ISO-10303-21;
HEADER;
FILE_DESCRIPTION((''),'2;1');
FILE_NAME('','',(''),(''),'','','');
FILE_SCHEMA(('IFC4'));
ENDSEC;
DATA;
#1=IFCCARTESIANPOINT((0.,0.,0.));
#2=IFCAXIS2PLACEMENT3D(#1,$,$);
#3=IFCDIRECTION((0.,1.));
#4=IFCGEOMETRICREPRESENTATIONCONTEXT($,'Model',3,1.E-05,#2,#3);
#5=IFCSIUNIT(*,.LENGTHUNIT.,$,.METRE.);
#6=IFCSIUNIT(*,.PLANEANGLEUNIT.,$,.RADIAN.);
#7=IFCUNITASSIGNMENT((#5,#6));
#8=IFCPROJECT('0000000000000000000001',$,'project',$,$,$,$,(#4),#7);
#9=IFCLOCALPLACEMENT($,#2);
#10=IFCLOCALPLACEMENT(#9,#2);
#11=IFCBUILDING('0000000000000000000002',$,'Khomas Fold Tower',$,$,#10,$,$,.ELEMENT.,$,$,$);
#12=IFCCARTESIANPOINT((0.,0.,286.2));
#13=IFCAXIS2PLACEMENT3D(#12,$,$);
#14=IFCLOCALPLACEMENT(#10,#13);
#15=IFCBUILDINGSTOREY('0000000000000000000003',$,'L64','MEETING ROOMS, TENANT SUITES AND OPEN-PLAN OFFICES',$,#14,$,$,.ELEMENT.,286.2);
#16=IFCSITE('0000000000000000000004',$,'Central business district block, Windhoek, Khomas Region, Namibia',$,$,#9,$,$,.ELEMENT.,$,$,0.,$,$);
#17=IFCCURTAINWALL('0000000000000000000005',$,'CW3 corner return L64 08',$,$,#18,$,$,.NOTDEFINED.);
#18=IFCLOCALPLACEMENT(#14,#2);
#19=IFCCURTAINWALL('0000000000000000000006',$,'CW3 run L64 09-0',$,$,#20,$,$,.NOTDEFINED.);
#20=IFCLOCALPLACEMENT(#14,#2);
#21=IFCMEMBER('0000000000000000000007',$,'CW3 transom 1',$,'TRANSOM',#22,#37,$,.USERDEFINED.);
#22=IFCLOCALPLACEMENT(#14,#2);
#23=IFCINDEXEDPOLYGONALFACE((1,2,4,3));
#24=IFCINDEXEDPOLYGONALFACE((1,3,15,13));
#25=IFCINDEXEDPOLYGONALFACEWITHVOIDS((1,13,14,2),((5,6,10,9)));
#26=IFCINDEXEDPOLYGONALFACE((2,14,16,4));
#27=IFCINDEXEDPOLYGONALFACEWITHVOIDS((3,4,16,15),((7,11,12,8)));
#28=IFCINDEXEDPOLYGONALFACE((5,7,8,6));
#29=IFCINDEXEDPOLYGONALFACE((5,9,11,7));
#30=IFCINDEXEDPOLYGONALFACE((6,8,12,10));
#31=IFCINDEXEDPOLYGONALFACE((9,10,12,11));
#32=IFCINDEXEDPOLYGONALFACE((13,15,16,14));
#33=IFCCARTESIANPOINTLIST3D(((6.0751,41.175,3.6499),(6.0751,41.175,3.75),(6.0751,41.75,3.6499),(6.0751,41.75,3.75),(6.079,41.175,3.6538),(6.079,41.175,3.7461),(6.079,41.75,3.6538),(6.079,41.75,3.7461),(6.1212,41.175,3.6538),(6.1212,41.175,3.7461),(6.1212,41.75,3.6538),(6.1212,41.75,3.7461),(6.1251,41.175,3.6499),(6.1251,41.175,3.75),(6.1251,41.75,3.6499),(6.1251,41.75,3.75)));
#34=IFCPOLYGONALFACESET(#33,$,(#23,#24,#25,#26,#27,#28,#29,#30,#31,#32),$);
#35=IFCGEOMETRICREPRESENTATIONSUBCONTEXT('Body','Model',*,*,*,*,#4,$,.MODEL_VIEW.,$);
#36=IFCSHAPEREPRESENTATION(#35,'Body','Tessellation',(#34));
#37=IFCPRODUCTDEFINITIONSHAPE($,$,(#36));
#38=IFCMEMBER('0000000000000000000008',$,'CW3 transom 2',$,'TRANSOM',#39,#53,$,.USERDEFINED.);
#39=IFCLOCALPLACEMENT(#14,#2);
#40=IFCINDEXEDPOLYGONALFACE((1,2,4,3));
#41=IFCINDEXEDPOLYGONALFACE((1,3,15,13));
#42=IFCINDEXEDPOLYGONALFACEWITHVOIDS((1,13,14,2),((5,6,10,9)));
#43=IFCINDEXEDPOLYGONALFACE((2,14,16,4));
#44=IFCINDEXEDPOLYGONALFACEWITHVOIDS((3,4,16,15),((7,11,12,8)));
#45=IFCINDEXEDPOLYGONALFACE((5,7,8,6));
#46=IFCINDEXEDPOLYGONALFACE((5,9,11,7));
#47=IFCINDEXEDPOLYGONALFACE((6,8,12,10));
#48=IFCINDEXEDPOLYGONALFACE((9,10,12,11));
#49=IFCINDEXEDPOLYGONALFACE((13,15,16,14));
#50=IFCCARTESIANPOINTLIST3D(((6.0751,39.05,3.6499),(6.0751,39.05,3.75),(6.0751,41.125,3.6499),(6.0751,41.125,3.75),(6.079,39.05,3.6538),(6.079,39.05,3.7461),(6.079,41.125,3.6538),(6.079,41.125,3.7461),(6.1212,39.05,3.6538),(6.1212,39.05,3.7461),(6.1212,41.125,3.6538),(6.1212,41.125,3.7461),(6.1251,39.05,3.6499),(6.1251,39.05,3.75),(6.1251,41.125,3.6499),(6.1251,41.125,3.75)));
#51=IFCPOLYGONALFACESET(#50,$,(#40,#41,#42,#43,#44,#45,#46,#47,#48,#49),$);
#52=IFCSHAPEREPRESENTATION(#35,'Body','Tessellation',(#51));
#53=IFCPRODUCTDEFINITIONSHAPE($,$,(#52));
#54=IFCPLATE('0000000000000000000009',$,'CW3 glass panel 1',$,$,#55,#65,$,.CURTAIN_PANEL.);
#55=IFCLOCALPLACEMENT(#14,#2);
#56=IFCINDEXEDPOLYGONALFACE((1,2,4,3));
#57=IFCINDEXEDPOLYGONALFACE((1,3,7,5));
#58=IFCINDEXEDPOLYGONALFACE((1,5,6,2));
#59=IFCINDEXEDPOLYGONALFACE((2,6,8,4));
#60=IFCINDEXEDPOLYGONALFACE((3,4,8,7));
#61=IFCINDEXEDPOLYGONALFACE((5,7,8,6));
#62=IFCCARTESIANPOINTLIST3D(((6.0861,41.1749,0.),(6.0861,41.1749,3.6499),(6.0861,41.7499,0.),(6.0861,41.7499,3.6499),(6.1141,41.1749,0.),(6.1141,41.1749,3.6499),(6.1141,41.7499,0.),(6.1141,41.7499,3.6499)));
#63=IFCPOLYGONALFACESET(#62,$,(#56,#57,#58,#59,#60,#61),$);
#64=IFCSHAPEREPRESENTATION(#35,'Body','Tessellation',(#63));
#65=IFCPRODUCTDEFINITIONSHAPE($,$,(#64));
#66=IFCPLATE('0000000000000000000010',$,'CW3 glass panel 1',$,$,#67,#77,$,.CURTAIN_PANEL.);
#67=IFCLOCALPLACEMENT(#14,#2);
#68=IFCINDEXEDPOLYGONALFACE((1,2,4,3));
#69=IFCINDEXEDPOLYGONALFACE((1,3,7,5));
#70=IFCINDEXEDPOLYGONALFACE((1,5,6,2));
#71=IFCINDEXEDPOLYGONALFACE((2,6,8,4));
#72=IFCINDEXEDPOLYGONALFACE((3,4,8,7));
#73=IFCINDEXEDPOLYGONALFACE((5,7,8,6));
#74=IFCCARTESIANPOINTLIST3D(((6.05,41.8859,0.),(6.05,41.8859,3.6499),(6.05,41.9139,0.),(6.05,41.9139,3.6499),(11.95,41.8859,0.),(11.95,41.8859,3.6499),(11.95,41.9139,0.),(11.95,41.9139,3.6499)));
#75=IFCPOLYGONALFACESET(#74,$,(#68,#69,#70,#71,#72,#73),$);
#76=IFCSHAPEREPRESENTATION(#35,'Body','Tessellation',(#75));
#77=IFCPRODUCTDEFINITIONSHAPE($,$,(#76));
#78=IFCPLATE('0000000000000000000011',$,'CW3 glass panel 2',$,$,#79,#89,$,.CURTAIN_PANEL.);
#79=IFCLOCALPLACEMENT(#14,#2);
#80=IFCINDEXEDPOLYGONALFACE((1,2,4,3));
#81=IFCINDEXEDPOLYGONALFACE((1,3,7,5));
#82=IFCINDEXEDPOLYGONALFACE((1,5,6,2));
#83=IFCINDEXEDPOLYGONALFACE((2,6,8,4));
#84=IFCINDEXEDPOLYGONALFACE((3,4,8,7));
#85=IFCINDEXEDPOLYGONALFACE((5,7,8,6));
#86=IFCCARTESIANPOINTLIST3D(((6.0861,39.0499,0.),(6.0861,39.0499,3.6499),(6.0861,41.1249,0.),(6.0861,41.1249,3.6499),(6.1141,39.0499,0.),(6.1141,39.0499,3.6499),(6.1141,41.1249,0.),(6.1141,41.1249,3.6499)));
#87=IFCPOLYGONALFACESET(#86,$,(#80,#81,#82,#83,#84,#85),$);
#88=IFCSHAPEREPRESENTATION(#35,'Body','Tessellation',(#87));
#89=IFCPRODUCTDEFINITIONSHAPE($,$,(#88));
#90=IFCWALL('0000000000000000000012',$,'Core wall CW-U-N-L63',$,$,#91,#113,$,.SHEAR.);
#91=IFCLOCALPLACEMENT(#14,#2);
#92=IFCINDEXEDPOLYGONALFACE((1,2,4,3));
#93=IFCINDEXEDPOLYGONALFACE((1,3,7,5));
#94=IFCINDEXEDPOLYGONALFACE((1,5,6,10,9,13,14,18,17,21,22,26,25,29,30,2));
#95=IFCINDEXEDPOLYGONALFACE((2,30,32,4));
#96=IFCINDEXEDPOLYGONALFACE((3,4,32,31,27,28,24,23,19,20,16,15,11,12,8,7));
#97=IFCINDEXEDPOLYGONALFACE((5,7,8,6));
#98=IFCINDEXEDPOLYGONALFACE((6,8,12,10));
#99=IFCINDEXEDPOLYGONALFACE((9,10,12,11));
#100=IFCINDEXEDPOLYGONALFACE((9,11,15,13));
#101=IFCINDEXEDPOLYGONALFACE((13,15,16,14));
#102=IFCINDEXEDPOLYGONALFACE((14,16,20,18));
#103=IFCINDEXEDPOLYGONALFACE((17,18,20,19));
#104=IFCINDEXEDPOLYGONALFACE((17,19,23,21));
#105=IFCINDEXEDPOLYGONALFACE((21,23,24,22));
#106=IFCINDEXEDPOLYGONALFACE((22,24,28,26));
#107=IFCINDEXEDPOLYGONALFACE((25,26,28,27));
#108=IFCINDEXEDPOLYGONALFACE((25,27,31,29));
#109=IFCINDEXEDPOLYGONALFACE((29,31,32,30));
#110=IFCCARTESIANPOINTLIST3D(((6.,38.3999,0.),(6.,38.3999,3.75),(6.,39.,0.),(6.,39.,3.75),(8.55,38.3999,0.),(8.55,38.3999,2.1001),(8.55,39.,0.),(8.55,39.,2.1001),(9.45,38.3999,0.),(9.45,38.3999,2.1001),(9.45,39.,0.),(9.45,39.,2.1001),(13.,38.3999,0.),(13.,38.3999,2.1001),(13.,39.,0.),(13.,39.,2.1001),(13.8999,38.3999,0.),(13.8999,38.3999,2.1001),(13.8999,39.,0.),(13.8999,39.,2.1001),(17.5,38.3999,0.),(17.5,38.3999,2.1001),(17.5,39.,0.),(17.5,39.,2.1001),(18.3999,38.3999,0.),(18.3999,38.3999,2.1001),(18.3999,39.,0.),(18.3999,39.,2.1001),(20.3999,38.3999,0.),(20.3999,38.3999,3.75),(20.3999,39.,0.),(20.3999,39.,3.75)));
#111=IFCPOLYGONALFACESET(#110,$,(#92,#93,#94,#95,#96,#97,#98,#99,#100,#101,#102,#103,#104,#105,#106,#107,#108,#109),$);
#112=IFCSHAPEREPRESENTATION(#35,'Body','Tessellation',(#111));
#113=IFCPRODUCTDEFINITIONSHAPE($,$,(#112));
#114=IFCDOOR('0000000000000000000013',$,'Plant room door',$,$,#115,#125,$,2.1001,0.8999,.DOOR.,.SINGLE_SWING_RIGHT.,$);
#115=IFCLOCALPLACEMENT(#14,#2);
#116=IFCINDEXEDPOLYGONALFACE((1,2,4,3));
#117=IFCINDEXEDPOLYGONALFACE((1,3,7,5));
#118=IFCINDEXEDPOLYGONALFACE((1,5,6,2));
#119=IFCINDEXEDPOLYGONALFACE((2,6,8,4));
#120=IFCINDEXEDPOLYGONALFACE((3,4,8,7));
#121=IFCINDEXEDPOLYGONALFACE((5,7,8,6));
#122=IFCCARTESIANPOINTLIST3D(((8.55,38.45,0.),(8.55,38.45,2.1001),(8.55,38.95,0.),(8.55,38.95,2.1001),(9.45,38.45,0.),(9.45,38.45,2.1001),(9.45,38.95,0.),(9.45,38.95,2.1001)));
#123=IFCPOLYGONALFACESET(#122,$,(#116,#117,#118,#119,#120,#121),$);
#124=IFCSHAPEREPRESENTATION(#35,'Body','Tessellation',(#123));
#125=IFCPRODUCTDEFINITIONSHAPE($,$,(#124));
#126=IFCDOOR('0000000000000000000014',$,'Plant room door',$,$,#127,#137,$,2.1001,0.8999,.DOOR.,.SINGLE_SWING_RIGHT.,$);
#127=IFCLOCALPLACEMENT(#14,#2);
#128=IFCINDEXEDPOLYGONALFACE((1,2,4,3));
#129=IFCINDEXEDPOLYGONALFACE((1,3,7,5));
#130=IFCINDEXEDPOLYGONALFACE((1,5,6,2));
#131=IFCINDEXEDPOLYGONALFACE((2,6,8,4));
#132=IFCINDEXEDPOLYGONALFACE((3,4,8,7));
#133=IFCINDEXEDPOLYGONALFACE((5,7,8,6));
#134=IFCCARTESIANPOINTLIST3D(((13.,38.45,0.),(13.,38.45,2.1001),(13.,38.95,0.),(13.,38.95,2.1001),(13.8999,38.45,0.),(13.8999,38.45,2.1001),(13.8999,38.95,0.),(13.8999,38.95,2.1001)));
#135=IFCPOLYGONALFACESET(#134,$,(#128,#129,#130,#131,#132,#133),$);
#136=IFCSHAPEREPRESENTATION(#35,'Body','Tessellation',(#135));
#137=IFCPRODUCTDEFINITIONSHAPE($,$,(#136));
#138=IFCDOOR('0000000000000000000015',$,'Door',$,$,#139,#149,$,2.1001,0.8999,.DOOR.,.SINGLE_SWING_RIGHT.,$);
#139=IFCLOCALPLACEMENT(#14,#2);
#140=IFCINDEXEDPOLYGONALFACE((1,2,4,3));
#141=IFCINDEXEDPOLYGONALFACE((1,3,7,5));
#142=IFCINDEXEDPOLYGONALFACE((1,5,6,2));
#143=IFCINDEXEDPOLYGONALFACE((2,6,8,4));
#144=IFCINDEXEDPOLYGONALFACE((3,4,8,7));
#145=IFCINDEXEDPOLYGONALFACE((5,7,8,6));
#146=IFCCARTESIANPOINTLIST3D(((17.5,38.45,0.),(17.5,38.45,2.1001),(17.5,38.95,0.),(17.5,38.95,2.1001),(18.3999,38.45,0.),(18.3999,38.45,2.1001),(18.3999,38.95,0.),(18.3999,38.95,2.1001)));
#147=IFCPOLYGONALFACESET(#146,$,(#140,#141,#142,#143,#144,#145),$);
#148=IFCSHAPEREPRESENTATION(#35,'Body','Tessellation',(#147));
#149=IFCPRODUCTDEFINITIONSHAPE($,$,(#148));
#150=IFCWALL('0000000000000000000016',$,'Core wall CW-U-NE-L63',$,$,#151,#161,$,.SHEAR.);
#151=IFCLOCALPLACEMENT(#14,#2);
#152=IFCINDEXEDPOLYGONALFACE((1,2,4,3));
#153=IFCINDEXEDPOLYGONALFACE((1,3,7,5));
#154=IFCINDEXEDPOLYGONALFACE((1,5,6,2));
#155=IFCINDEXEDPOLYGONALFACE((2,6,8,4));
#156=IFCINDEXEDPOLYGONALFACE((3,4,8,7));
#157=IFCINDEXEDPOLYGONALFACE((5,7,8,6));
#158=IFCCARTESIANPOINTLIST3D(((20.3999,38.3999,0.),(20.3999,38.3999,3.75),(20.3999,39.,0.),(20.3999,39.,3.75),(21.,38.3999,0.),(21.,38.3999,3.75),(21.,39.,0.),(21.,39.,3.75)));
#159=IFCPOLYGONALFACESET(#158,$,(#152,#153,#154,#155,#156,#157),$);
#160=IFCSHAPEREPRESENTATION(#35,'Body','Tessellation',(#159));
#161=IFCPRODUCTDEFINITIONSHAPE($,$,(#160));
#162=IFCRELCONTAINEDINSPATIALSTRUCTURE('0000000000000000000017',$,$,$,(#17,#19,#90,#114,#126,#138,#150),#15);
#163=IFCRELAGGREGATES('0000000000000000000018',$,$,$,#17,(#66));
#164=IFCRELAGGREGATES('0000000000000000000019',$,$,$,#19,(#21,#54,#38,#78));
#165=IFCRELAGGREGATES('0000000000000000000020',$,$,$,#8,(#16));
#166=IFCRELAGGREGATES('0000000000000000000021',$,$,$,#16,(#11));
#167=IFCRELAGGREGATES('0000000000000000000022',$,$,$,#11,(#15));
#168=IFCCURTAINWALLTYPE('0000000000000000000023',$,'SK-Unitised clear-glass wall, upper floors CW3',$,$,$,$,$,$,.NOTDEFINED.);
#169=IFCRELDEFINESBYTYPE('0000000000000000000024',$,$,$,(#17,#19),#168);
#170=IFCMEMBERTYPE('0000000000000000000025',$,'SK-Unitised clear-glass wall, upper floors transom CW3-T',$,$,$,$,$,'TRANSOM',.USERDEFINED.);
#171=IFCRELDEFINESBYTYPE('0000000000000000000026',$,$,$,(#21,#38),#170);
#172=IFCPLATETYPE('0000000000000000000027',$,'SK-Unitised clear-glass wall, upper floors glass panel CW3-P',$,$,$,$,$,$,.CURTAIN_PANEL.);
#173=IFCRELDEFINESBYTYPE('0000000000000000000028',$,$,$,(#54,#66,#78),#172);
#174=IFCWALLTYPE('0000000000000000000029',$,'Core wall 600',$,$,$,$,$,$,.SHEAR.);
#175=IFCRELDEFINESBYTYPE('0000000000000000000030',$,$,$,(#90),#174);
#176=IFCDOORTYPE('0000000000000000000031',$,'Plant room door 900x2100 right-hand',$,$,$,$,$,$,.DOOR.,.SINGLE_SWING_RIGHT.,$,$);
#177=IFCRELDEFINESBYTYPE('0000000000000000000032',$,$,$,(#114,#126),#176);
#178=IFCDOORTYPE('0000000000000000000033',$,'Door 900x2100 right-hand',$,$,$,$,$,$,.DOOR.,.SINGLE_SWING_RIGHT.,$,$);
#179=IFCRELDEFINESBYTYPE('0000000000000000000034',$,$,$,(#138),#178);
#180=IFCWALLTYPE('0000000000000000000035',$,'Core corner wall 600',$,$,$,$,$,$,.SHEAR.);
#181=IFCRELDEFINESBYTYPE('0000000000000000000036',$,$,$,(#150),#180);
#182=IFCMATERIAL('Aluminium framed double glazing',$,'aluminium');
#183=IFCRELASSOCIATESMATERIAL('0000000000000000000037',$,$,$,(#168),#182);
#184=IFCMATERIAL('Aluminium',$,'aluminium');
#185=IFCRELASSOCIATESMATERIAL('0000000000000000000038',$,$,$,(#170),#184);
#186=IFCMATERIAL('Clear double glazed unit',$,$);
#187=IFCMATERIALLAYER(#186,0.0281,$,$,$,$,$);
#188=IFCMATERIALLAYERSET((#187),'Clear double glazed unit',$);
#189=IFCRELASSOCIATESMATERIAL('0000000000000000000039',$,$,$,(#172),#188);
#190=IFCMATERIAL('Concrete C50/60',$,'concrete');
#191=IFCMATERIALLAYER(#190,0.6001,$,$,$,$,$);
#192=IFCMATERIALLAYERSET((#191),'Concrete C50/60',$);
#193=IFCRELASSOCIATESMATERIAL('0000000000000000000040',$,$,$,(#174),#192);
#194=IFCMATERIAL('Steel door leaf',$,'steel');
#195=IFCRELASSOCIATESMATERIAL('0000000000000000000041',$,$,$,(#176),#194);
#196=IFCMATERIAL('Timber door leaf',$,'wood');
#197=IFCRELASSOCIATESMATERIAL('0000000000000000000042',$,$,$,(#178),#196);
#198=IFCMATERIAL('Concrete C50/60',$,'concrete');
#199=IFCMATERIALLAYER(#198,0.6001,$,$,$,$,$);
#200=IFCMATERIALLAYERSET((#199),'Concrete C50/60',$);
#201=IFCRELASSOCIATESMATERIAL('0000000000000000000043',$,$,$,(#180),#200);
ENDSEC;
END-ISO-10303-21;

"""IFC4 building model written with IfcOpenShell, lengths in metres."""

from ifc_helpers import new_model, si_unit, direction, frame, frame_2d, origin, origin_2d, place, context, subcontext, project, spatial, rectangle, hollow_rectangle, extrude, source, transform, mapped, material, layer, layer_set, material_profile, profile_set, type_object, element, fill, aggregate, save


model = new_model("IFC4")

# Units and contexts
model_context = context("Model", 3, precision=1e-05, world=origin(), true_north=direction((0.0, 1.0)))
body_context = subcontext(model_context, "Body", "Model", "MODEL_VIEW")
ifc_project = project(units=[si_unit("LENGTHUNIT", "METRE"), si_unit("PLANEANGLEUNIT", "RADIAN")], contexts=[model_context])

# Site, building, storey
site_placement = place(None, origin())
site = spatial("IfcSite", under=ifc_project, at=site_placement, Name="Central business district block, Windhoek, Khomas Region, Namibia", CompositionType="ELEMENT", RefElevation=0.0)
building_placement = place(site_placement, origin())
building = spatial("IfcBuilding", under=site, at=building_placement, Name="Khomas Fold Tower", CompositionType="ELEMENT")
storey_placement = place(building_placement, frame((0.0, 0.0, 286.2)))
storey = spatial("IfcBuildingStorey", under=building, at=storey_placement, Name="L64", Description="MEETING ROOMS, TENANT SUITES AND OPEN-PLAN OFFICES", CompositionType="ELEMENT", Elevation=286.2)

# Curtain wall
ifc_material_1 = material(Name="Aluminium framed double glazing", Category="aluminium")
curtain_wall_type = type_object("IfcCurtainWallType", Name="SK-Unitised clear-glass wall, upper floors CW3", PredefinedType="NOTDEFINED", material=ifc_material_1)
curtain_wall_1_placement = place(storey_placement, origin())
curtain_wall_1 = element("IfcCurtainWall", 1, at=curtain_wall_1_placement, inside=storey, type_object=curtain_wall_type, Name="CW3 corner return L64 08", PredefinedType="NOTDEFINED")

# Curtain wall, members, plate
curtain_wall_2_placement = place(storey_placement, origin())
curtain_wall_2 = element("IfcCurtainWall", 2, at=curtain_wall_2_placement, inside=storey, type_object=curtain_wall_type, Name="CW3 run L64 09-0", PredefinedType="NOTDEFINED")
ifc_material_2 = material(Name="Aluminium", Category="aluminium")
ifc_material_profile_1 = material_profile(ifc_material_2, hollow_rectangle(XDim=0.05, YDim=0.1001, WallThickness=0.0039, at=origin_2d()), Name="SK-Unitised clear-glass wall, upper floors transom CW3-T")
ifc_profile_set_1 = profile_set([ifc_material_profile_1], Name="Aluminium")
member_type_1 = type_object("IfcMemberType", Name="SK-Unitised clear-glass wall, upper floors transom CW3-T", ElementType="TRANSOM", PredefinedType="USERDEFINED", material=ifc_profile_set_1)
shared_shape_1 = source(origin(), body_context, "Body", "SweptSolid", [
    extrude(hollow_rectangle(XDim=0.05, YDim=0.1001, WallThickness=0.0039, at=origin_2d()), origin(), (0.0, 0.0, 1.0), 0.575),
])
member_1_placement = place(storey_placement, frame((6.1001, 41.75, 3.7), z_axis=(0.0, -1.0, 0.0), x_axis=(1.0, 0.0, 0.0)))
member_1 = element("IfcMember", 3, at=member_1_placement, type_object=member_type_1, Name="CW3 transom 1", ObjectType="TRANSOM", PredefinedType="USERDEFINED", context=body_context, shape_type="MappedRepresentation", body=[
    mapped(shared_shape_1, transform((0.0, 0.0, 0.0))),
])
shared_shape_2 = source(origin(), body_context, "Body", "SweptSolid", [
    extrude(hollow_rectangle(XDim=0.05, YDim=0.1001, WallThickness=0.0039, at=origin_2d()), origin(), (0.0, 0.0, 1.0), 2.075),
])
member_2_placement = place(storey_placement, frame((6.1001, 41.125, 3.7), z_axis=(0.0, -1.0, 0.0), x_axis=(1.0, 0.0, 0.0)))
member_2 = element("IfcMember", 4, at=member_2_placement, type_object=member_type_1, Name="CW3 transom 2", ObjectType="TRANSOM", PredefinedType="USERDEFINED", context=body_context, shape_type="MappedRepresentation", body=[
    mapped(shared_shape_2, transform((0.0, 0.0, 0.0))),
])
ifc_material_3 = material(Name="Clear double glazed unit")
ifc_layer_1 = layer(ifc_material_3, 0.0281)
ifc_layer_set_1 = layer_set([ifc_layer_1], Name="Clear double glazed unit")
plate_type = type_object("IfcPlateType", Name="SK-Unitised clear-glass wall, upper floors glass panel CW3-P", PredefinedType="CURTAIN_PANEL", material=ifc_layer_set_1)
shared_shape_3 = source(origin(), body_context, "Body", "SweptSolid", [
    extrude(rectangle(XDim=0.575, YDim=0.0281, at=origin_2d()), origin(), (0.0, 0.0, 1.0), 3.6499),
])
plate_1_placement = place(storey_placement, frame((6.1001, 41.4624, 0.0), z_axis=(0.0, 0.0, 1.0), x_axis=(0.0, -1.0, 0.0)))
plate_1 = element("IfcPlate", 5, at=plate_1_placement, type_object=plate_type, Name="CW3 glass panel 1", PredefinedType="CURTAIN_PANEL", context=body_context, shape_type="MappedRepresentation", body=[
    mapped(shared_shape_3, transform((0.0, 0.0, 0.0))),
])

# Plates
shared_shape_4 = source(origin(), body_context, "Body", "SweptSolid", [
    extrude(rectangle(XDim=5.8999, YDim=0.0281, at=origin_2d()), origin(), (0.0, 0.0, 1.0), 3.6499),
])
plate_2_placement = place(storey_placement, frame((9.0, 41.8999, 0.0), z_axis=(0.0, 0.0, 1.0), x_axis=(-1.0, 0.0, 0.0)))
plate_2 = element("IfcPlate", 6, at=plate_2_placement, type_object=plate_type, Name="CW3 glass panel 1", PredefinedType="CURTAIN_PANEL", context=body_context, shape_type="MappedRepresentation", body=[
    mapped(shared_shape_4, transform((0.0, 0.0, 0.0))),
])
aggregate(curtain_wall_1, [plate_2])
shared_shape_5 = source(origin(), body_context, "Body", "SweptSolid", [
    extrude(rectangle(XDim=2.075, YDim=0.0281, at=origin_2d()), origin(), (0.0, 0.0, 1.0), 3.6499),
])
plate_3_placement = place(storey_placement, frame((6.1001, 40.0874, 0.0), z_axis=(0.0, 0.0, 1.0), x_axis=(0.0, -1.0, 0.0)))
plate_3 = element("IfcPlate", 7, at=plate_3_placement, type_object=plate_type, Name="CW3 glass panel 2", PredefinedType="CURTAIN_PANEL", context=body_context, shape_type="MappedRepresentation", body=[
    mapped(shared_shape_5, transform((0.0, 0.0, 0.0))),
])
aggregate(curtain_wall_2, [member_1, plate_1, member_2, plate_3])

# Wall, openings, doors
ifc_material_4 = material(Name="Concrete C50/60", Category="concrete")
ifc_layer_2 = layer(ifc_material_4, 0.6001)
ifc_layer_set_2 = layer_set([ifc_layer_2], Name="Concrete C50/60")
wall_type_1 = type_object("IfcWallType", Name="Core wall 600", PredefinedType="SHEAR", material=ifc_layer_set_2)
shared_shape_6 = source(origin(), body_context, "Body", "SweptSolid", [
    extrude(rectangle(XDim=14.3999, YDim=0.6001, at=frame_2d((7.2, 0.0))), origin(), (0.0, 0.0, 1.0), 3.75),
])
wall_1_placement = place(storey_placement, frame((6.0, 38.7, 0.0), z_axis=(0.0, 0.0, 1.0), x_axis=(1.0, 0.0, 0.0)))
wall_1 = element("IfcWall", 8, at=wall_1_placement, inside=storey, type_object=wall_type_1, Name="Core wall CW-U-N-L63", PredefinedType="SHEAR", context=body_context, shape_type="MappedRepresentation", body=[
    mapped(shared_shape_6, transform((0.0, 0.0, 0.0))),
])
shared_shape_7 = source(origin(), body_context, "Body", "SweptSolid", [
    extrude(rectangle(XDim=0.8999, YDim=2.1001, at=frame_2d((0.45, 1.05))), frame((0.0, 0.3101, 0.0), z_axis=(0.0, -1.0, 0.0), x_axis=(1.0, 0.0, 0.0)), (0.0, 0.0, 1.0), 0.6201),
])
opening_1_placement = place(wall_1_placement, frame((2.55, 0.0, 0.0)))
opening_1 = element("IfcOpeningElement", 9, at=opening_1_placement, cuts=wall_1, PredefinedType="OPENING", context=body_context, shape_type="MappedRepresentation", body=[
    mapped(shared_shape_7, transform((0.0, 0.0, 0.0))),
])
opening_2_placement = place(wall_1_placement, frame((7.0, 0.0, 0.0)))
opening_2 = element("IfcOpeningElement", 10, at=opening_2_placement, cuts=wall_1, PredefinedType="OPENING", context=body_context, shape_type="MappedRepresentation", body=[
    mapped(shared_shape_7, transform((0.0, 0.0, 0.0))),
])
opening_3_placement = place(wall_1_placement, frame((11.5, 0.0, 0.0)))
opening_3 = element("IfcOpeningElement", 11, at=opening_3_placement, cuts=wall_1, PredefinedType="OPENING", context=body_context, shape_type="MappedRepresentation", body=[
    mapped(shared_shape_7, transform((0.0, 0.0, 0.0))),
])
ifc_material_5 = material(Name="Steel door leaf", Category="steel")
door_type_1 = type_object("IfcDoorType", Name="Plant room door 900x2100 right-hand", OperationType="SINGLE_SWING_RIGHT", PredefinedType="DOOR", material=ifc_material_5)
shared_shape_8 = source(origin(), body_context, "Body", "SweptSolid", [
    extrude(rectangle(XDim=0.8999, YDim=2.1001, at=frame_2d((0.45, 1.05))), frame((0.0, 0.25, 0.0), z_axis=(0.0, -1.0, 0.0), x_axis=(1.0, 0.0, 0.0)), (0.0, 0.0, 1.0), 0.5),
])
door_1_placement = place(opening_1_placement, origin())
door_1 = element("IfcDoor", 12, at=door_1_placement, inside=storey, type_object=door_type_1, Name="Plant room door", OperationType="SINGLE_SWING_RIGHT", OverallHeight=2.1001, OverallWidth=0.8999, PredefinedType="DOOR", context=body_context, shape_type="MappedRepresentation", body=[
    mapped(shared_shape_8, transform((0.0, 0.0, 0.0))),
])
fill(opening_1, door_1)
door_2_placement = place(opening_2_placement, origin())
door_2 = element("IfcDoor", 13, at=door_2_placement, inside=storey, type_object=door_type_1, Name="Plant room door", OperationType="SINGLE_SWING_RIGHT", OverallHeight=2.1001, OverallWidth=0.8999, PredefinedType="DOOR", context=body_context, shape_type="MappedRepresentation", body=[
    mapped(shared_shape_8, transform((0.0, 0.0, 0.0))),
])
fill(opening_2, door_2)
ifc_material_6 = material(Name="Timber door leaf", Category="wood")
door_type_2 = type_object("IfcDoorType", Name="Door 900x2100 right-hand", OperationType="SINGLE_SWING_RIGHT", PredefinedType="DOOR", material=ifc_material_6)
door_3_placement = place(opening_3_placement, origin())
door_3 = element("IfcDoor", 14, at=door_3_placement, inside=storey, type_object=door_type_2, Name="Door", OperationType="SINGLE_SWING_RIGHT", OverallHeight=2.1001, OverallWidth=0.8999, PredefinedType="DOOR", context=body_context, shape_type="MappedRepresentation", body=[
    mapped(shared_shape_8, transform((0.0, 0.0, 0.0))),
])
fill(opening_3, door_3)

# Wall
ifc_material_7 = material(Name="Concrete C50/60", Category="concrete")
ifc_layer_3 = layer(ifc_material_7, 0.6001)
ifc_layer_set_3 = layer_set([ifc_layer_3], Name="Concrete C50/60")
wall_type_2 = type_object("IfcWallType", Name="Core corner wall 600", PredefinedType="SHEAR", material=ifc_layer_set_3)
shared_shape_9 = source(origin(), body_context, "Body", "SweptSolid", [
    extrude(rectangle(XDim=0.6001, YDim=0.6001, at=frame_2d((0.3, 0.0))), origin(), (0.0, 0.0, 1.0), 3.75),
])
wall_2_placement = place(storey_placement, frame((20.3999, 38.7, 0.0), z_axis=(0.0, 0.0, 1.0), x_axis=(1.0, 0.0, 0.0)))
element("IfcWall", 15, at=wall_2_placement, inside=storey, type_object=wall_type_2, Name="Core wall CW-U-NE-L63", PredefinedType="SHEAR", context=body_context, shape_type="MappedRepresentation", body=[
    mapped(shared_shape_9, transform((0.0, 0.0, 0.0))),
])

save(model, "model.ifc")
